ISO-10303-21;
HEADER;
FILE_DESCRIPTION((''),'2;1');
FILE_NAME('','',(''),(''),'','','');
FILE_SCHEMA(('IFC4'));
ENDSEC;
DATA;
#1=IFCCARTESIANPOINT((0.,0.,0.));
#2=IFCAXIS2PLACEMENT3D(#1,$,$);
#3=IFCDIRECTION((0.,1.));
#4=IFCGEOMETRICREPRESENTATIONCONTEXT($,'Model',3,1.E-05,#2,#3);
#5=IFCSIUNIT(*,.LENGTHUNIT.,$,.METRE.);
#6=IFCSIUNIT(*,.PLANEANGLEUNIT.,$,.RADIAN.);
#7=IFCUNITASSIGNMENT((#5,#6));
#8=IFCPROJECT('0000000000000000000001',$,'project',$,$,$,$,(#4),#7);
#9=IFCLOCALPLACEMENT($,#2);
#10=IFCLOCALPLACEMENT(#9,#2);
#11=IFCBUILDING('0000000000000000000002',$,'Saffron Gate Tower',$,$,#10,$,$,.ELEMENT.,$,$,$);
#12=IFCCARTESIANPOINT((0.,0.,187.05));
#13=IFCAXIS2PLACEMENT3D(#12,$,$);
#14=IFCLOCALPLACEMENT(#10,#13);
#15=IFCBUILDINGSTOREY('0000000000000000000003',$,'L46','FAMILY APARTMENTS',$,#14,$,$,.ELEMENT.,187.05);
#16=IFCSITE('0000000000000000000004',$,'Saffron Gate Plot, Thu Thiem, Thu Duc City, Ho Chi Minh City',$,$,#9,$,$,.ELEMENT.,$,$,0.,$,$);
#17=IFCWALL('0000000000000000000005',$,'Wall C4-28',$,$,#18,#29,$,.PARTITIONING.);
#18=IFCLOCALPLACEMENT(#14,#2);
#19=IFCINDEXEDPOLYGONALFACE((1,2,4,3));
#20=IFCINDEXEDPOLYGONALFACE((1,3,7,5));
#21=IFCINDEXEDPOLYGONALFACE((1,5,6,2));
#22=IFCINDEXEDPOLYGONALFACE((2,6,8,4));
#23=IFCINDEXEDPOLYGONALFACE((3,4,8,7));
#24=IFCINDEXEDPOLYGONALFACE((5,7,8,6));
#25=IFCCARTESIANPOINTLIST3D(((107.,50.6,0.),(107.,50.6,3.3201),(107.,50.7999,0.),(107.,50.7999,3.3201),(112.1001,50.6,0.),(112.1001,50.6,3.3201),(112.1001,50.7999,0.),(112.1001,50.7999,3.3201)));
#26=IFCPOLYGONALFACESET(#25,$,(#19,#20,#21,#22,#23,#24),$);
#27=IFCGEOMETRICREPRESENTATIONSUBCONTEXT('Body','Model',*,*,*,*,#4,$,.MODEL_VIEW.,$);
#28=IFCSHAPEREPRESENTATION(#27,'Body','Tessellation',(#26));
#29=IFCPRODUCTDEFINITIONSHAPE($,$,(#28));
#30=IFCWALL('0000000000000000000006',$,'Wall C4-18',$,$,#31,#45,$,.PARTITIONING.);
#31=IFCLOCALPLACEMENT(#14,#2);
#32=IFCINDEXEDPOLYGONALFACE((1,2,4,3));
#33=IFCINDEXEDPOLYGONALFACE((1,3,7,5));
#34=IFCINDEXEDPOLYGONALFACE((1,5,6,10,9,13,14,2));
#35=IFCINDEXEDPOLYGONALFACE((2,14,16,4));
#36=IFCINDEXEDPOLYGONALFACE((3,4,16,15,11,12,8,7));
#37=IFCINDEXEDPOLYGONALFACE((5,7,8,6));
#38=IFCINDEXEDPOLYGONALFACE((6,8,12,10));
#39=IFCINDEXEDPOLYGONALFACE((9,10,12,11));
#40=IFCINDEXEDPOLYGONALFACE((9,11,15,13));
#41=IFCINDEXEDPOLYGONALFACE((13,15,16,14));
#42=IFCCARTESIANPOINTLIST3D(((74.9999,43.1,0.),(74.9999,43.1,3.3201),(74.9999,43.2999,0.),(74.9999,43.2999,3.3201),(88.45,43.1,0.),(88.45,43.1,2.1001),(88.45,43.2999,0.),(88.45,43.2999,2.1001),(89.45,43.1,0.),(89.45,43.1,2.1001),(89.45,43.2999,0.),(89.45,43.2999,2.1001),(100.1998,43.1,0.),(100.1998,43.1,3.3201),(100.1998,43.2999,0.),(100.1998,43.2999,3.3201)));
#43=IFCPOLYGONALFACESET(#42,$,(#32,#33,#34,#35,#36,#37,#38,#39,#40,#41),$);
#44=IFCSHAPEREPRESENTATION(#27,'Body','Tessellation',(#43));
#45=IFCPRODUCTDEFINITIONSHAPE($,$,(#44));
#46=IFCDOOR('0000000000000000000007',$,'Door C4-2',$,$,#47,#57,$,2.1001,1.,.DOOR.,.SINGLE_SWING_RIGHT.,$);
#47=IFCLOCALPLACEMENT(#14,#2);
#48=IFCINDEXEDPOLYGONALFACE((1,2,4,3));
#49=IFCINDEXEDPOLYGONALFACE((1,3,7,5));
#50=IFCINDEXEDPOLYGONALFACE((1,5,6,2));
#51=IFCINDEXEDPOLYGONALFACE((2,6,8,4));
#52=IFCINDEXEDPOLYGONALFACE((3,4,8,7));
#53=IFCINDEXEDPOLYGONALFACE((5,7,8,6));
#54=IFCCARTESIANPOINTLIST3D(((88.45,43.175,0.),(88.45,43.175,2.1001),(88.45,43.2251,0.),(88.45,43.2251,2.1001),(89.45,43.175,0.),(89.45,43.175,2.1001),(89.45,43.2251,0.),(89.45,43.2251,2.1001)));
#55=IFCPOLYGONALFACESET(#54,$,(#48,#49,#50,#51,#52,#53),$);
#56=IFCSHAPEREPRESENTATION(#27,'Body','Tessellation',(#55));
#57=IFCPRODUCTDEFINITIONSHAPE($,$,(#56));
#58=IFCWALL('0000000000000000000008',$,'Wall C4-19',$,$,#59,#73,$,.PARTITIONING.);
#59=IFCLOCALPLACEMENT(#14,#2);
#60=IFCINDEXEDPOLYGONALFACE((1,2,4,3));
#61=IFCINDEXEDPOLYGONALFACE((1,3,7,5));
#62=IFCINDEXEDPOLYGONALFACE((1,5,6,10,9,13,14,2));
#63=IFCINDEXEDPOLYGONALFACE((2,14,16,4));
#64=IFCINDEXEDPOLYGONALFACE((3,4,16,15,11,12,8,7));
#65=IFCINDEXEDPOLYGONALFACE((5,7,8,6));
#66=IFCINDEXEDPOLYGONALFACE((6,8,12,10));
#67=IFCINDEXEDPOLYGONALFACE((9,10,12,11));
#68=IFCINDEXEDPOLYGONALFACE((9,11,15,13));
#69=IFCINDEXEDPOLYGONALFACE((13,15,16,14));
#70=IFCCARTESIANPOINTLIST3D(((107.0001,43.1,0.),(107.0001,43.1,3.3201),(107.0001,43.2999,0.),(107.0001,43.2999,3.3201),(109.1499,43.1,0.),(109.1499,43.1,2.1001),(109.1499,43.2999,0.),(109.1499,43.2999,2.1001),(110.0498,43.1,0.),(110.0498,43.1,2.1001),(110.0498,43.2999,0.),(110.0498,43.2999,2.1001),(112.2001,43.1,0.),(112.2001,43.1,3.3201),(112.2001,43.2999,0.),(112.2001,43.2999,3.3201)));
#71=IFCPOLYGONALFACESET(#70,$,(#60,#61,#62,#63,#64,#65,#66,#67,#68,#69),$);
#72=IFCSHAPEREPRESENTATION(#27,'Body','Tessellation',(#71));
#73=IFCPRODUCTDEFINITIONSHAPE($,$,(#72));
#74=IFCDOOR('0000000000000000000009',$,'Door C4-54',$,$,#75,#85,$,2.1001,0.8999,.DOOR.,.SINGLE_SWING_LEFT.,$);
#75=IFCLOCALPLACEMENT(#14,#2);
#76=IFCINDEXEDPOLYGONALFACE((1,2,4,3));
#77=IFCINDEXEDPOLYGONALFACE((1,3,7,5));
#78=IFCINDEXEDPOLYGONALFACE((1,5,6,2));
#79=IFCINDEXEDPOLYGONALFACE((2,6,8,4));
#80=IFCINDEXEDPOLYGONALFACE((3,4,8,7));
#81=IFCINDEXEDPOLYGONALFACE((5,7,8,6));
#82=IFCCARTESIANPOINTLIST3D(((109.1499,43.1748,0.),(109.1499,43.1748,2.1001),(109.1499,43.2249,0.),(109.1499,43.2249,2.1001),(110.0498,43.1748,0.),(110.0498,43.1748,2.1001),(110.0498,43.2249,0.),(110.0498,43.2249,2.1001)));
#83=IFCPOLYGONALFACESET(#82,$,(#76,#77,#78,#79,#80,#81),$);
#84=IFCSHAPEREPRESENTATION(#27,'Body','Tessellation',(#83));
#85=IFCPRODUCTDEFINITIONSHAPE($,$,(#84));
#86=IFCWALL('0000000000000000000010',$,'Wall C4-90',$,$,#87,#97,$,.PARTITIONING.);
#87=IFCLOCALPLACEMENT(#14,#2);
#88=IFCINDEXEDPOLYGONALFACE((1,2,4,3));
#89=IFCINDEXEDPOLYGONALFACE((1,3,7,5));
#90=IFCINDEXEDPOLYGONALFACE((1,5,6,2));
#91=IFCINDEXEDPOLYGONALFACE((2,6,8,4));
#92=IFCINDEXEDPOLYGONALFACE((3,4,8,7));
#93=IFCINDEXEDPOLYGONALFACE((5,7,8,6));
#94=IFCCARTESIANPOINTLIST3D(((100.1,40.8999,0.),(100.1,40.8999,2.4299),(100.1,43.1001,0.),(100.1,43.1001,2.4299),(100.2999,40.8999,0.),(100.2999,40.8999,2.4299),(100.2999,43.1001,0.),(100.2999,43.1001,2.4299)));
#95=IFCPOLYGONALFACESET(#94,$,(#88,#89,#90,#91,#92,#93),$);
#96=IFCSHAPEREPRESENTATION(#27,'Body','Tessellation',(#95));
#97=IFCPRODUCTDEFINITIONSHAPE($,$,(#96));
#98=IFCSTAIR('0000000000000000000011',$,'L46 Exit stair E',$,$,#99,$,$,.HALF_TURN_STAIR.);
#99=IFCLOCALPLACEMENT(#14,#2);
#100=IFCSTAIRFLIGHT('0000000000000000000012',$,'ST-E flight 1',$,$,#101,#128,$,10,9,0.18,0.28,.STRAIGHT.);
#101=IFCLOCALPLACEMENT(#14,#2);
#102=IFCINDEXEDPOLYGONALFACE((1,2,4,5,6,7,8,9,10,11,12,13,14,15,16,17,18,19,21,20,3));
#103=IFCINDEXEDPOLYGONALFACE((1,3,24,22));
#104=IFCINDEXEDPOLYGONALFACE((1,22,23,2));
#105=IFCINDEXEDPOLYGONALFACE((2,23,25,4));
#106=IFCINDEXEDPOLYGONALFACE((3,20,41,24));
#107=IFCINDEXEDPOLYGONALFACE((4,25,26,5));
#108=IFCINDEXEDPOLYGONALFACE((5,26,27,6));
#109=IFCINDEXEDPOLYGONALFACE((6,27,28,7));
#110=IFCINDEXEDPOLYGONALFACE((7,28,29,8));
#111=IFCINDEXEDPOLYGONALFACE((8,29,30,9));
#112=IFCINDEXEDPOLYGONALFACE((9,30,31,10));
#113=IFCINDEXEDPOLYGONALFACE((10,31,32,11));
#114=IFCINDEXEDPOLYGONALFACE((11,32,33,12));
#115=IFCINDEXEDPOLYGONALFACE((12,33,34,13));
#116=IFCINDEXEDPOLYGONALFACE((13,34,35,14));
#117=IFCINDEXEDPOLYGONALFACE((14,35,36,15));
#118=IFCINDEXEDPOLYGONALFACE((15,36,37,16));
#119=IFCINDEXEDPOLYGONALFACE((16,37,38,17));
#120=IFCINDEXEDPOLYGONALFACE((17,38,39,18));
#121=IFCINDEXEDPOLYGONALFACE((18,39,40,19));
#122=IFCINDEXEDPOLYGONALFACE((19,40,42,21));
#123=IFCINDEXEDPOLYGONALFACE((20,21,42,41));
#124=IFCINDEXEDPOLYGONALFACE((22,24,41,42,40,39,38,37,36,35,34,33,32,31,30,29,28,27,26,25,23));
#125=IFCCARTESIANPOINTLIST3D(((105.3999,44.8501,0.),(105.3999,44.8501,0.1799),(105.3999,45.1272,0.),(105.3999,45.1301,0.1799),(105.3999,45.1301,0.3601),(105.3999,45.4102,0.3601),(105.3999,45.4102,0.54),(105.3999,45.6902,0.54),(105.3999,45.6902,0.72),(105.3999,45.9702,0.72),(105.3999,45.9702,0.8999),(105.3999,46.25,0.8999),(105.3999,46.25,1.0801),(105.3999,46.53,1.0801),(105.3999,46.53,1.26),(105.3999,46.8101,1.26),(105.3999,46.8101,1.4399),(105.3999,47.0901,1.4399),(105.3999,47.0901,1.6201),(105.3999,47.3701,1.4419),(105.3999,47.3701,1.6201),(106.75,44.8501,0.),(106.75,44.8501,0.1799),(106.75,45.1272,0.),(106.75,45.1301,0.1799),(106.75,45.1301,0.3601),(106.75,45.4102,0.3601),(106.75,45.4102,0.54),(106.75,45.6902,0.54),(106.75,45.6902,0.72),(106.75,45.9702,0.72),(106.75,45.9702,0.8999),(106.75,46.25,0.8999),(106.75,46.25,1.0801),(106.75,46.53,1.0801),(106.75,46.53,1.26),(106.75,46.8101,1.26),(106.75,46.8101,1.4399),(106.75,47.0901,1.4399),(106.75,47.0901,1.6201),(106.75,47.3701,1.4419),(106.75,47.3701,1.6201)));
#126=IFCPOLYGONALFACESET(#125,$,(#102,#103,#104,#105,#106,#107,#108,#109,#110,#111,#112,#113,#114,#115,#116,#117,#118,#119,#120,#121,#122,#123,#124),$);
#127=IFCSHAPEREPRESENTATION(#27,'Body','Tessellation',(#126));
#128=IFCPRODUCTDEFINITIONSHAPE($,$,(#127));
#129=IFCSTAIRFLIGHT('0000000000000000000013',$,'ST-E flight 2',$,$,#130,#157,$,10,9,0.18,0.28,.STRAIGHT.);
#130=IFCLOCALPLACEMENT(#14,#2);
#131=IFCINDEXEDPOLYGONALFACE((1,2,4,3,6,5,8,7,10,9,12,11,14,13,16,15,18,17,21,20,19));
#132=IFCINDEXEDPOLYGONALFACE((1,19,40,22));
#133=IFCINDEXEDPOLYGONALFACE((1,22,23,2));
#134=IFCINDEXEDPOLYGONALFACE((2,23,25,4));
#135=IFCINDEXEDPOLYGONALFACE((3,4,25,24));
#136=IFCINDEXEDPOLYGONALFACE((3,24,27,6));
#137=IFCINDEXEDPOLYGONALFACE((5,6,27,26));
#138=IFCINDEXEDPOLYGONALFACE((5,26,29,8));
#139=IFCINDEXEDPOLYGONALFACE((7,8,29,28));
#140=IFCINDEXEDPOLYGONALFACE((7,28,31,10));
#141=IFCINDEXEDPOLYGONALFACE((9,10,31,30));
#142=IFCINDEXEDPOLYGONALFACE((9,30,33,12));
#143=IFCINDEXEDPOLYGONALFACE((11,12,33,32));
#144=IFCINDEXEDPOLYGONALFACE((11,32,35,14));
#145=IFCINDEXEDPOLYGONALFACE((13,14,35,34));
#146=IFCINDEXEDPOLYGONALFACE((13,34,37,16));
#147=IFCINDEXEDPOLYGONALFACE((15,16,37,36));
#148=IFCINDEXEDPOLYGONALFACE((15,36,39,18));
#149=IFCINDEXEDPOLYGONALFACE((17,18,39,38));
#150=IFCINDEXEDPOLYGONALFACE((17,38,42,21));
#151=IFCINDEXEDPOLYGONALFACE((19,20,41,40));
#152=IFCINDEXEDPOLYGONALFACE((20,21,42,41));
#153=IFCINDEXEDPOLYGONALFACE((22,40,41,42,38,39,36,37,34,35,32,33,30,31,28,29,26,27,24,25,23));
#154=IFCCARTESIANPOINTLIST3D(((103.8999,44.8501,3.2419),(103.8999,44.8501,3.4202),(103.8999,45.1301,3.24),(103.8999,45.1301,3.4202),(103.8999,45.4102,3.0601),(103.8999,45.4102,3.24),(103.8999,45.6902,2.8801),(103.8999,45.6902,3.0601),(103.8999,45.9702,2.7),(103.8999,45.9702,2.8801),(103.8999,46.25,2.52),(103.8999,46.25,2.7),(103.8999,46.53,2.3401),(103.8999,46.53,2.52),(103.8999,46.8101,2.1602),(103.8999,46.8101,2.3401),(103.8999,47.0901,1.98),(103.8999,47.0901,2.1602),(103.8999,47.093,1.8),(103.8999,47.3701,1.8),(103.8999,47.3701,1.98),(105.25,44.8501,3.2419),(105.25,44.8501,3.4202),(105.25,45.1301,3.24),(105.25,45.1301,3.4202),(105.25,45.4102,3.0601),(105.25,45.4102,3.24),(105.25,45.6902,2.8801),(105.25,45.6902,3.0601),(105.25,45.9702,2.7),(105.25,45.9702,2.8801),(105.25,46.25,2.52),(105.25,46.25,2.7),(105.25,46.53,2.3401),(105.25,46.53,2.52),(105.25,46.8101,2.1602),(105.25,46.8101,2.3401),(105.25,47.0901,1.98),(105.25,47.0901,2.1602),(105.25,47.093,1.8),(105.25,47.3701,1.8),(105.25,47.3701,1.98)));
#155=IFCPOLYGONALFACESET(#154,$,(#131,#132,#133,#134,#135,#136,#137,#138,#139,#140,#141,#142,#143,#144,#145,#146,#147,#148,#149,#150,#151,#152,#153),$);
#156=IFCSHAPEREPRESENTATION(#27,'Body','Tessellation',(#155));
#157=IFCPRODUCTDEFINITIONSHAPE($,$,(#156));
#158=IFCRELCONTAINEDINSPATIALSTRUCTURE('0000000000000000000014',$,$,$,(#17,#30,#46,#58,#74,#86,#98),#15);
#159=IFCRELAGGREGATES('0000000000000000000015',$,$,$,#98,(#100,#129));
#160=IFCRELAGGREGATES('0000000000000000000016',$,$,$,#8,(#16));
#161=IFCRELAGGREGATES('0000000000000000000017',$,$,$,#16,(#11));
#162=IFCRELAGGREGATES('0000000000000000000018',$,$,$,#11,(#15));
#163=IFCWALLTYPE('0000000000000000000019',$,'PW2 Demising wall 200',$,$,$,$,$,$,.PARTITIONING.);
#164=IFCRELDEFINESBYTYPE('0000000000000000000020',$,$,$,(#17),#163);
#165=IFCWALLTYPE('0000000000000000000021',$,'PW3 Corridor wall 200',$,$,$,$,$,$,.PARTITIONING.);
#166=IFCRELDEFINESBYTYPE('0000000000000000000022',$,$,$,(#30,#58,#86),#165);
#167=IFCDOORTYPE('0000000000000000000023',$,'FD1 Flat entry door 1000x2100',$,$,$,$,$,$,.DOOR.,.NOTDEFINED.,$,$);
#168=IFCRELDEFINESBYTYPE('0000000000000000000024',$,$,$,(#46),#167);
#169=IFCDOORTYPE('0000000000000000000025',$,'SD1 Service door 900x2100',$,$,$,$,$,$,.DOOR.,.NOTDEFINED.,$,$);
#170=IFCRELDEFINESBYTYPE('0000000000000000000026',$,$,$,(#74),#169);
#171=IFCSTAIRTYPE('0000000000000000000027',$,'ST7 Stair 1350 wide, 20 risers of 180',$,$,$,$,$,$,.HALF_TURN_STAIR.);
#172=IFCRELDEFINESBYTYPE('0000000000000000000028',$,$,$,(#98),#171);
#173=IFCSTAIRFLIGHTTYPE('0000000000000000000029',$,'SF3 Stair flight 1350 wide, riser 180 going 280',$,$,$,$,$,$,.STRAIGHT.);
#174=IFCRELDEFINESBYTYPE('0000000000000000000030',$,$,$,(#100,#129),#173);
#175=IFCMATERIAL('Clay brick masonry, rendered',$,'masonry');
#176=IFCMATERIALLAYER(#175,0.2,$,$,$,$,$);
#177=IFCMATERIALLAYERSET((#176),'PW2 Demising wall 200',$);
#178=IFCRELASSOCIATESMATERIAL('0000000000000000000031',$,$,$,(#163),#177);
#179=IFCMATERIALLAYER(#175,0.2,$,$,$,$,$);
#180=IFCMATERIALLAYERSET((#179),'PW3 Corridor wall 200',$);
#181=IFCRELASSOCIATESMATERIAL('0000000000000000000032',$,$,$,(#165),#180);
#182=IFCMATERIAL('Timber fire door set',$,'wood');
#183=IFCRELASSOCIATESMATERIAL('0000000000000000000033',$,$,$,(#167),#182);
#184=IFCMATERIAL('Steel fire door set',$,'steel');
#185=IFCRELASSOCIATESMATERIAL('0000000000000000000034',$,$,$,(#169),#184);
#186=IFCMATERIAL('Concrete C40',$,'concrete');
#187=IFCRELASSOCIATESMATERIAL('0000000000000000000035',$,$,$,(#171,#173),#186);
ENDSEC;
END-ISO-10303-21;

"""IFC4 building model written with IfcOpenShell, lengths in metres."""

from ifc_helpers import new_model, si_unit, direction, frame, frame_2d, origin, place, context, subcontext, project, spatial, polyline, rectangle, outline, extrude, material, layer, layer_set, type_object, element, fill, aggregate, save


model = new_model("IFC4")

# Units and contexts
model_context = context("Model", 3, precision=1e-05, world=origin(), true_north=direction((0.0, 1.0)))
body_context = subcontext(model_context, "Body", "Model", "MODEL_VIEW")
ifc_project = project(units=[si_unit("LENGTHUNIT", "METRE"), si_unit("PLANEANGLEUNIT", "RADIAN")], contexts=[model_context])

# Site, building, storey
site_placement = place(None, origin())
site = spatial("IfcSite", under=ifc_project, at=site_placement, Name="Saffron Gate Plot, Thu Thiem, Thu Duc City, Ho Chi Minh City", CompositionType="ELEMENT", RefElevation=0.0)
building_placement = place(site_placement, origin())
building = spatial("IfcBuilding", under=site, at=building_placement, Name="Saffron Gate Tower", CompositionType="ELEMENT")
storey_placement = place(building_placement, frame((0.0, 0.0, 187.05)))
storey = spatial("IfcBuildingStorey", under=building, at=storey_placement, Name="L46", Description="FAMILY APARTMENTS", CompositionType="ELEMENT", Elevation=187.05)

# Shared definitions
ifc_material_1 = material(Name="Steel fire door set", Category="steel")

# Wall
ifc_material_2 = material(Name="Clay brick masonry, rendered", Category="masonry")
ifc_layer_1 = layer(ifc_material_2, 0.2)
ifc_layer_set_1 = layer_set([ifc_layer_1], Name="PW2 Demising wall 200")
wall_type_1 = type_object("IfcWallType", Name="PW2 Demising wall 200", PredefinedType="PARTITIONING", material=ifc_layer_set_1)
wall_1_placement = place(storey_placement, frame((107.0, 50.7, 0.0), z_axis=(0.0, 0.0, 1.0), x_axis=(1.0, 0.0, 0.0)))
element("IfcWall", 1, at=wall_1_placement, inside=storey, type_object=wall_type_1, Name="Wall C4-28", PredefinedType="PARTITIONING", context=body_context, shape_type="SweptSolid", body=[
    extrude(rectangle(XDim=5.1001, YDim=0.2, at=frame_2d((2.55, 0.0))), origin(), (0.0, 0.0, 1.0), 3.3201),
])

# Walls, openings, doors
ifc_layer_2 = layer(ifc_material_2, 0.2)
ifc_layer_set_2 = layer_set([ifc_layer_2], Name="PW3 Corridor wall 200")
wall_type_2 = type_object("IfcWallType", Name="PW3 Corridor wall 200", PredefinedType="PARTITIONING", material=ifc_layer_set_2)
wall_2_placement = place(storey_placement, frame((100.2, 43.2, 0.0), z_axis=(0.0, 0.0, 1.0), x_axis=(-1.0, 0.0, 0.0)))
wall_2 = element("IfcWall", 2, at=wall_2_placement, inside=storey, type_object=wall_type_2, Name="Wall C4-18", PredefinedType="PARTITIONING", context=body_context, shape_type="SweptSolid", body=[
    extrude(rectangle(XDim=25.2, YDim=0.2, at=frame_2d((12.6001, 0.0))), origin(), (0.0, 0.0, 1.0), 3.3201),
])
opening_1_placement = place(wall_2_placement, frame((10.75, 0.0, 0.0)))
opening_1 = element("IfcOpeningElement", 3, at=opening_1_placement, cuts=wall_2, PredefinedType="OPENING", context=body_context, shape_type="SweptSolid", body=[
    extrude(rectangle(XDim=1.0, YDim=2.1001, at=frame_2d((0.5, 1.05))), frame((0.0, 0.1099, 0.0), z_axis=(0.0, -1.0, 0.0), x_axis=(1.0, 0.0, 0.0)), (0.0, 0.0, 1.0), 0.22),
])
ifc_material_3 = material(Name="Timber fire door set", Category="wood")
door_type_1 = type_object("IfcDoorType", Name="FD1 Flat entry door 1000x2100", OperationType="NOTDEFINED", PredefinedType="DOOR", material=ifc_material_3)
door_1_placement = place(opening_1_placement, origin())
door_1 = element("IfcDoor", 4, at=door_1_placement, inside=storey, type_object=door_type_1, Name="Door C4-2", OperationType="SINGLE_SWING_RIGHT", OverallHeight=2.1001, OverallWidth=1.0, PredefinedType="DOOR", context=body_context, shape_type="SweptSolid", body=[
    extrude(rectangle(XDim=1.0, YDim=2.1001, at=frame_2d((0.5, 1.05))), frame((0.0, 0.0249, 0.0), z_axis=(0.0, -1.0, 0.0), x_axis=(1.0, 0.0, 0.0)), (0.0, 0.0, 1.0), 0.05),
])
fill(opening_1, door_1)
wall_3_placement = place(storey_placement, frame((107.0, 43.2, 0.0), z_axis=(0.0, 0.0, 1.0), x_axis=(1.0, 0.0, 0.0)))
wall_3 = element("IfcWall", 5, at=wall_3_placement, inside=storey, type_object=wall_type_2, Name="Wall C4-19", PredefinedType="PARTITIONING", context=body_context, shape_type="SweptSolid", body=[
    extrude(rectangle(XDim=5.2, YDim=0.2, at=frame_2d((2.6001, 0.0))), origin(), (0.0, 0.0, 1.0), 3.3201),
])
opening_2_placement = place(wall_3_placement, frame((2.1499, 0.0, 0.0)))
opening_2 = element("IfcOpeningElement", 6, at=opening_2_placement, cuts=wall_3, PredefinedType="OPENING", context=body_context, shape_type="SweptSolid", body=[
    extrude(rectangle(XDim=0.8999, YDim=2.1001, at=frame_2d((0.45, 1.05))), frame((0.0, 0.1099, 0.0), z_axis=(0.0, -1.0, 0.0), x_axis=(1.0, 0.0, 0.0)), (0.0, 0.0, 1.0), 0.22),
])
door_type_2 = type_object("IfcDoorType", Name="SD1 Service door 900x2100", OperationType="NOTDEFINED", PredefinedType="DOOR", material=ifc_material_1)
door_2_placement = place(opening_2_placement, origin())
door_2 = element("IfcDoor", 7, at=door_2_placement, inside=storey, type_object=door_type_2, Name="Door C4-54", OperationType="SINGLE_SWING_LEFT", OverallHeight=2.1001, OverallWidth=0.8999, PredefinedType="DOOR", context=body_context, shape_type="SweptSolid", body=[
    extrude(rectangle(XDim=0.8999, YDim=2.1001, at=frame_2d((0.45, 1.05))), frame((0.0, 0.0249, 0.0), z_axis=(0.0, -1.0, 0.0), x_axis=(1.0, 0.0, 0.0)), (0.0, 0.0, 1.0), 0.05),
])
fill(opening_2, door_2)

# Wall
wall_4_placement = place(storey_placement, frame((100.2, 43.1001, 0.0), z_axis=(0.0, 0.0, 1.0), x_axis=(0.0, -1.0, 0.0)))
element("IfcWall", 8, at=wall_4_placement, inside=storey, type_object=wall_type_2, Name="Wall C4-90", PredefinedType="PARTITIONING", context=body_context, shape_type="SweptSolid", body=[
    extrude(rectangle(XDim=2.2002, YDim=0.2, at=frame_2d((1.1001, 0.0))), origin(), (0.0, 0.0, 1.0), 2.4299),
])

# Stair, stair flights
ifc_material_4 = material(Name="Concrete C40", Category="concrete")
stair_type = type_object("IfcStairType", Name="ST7 Stair 1350 wide, 20 risers of 180", PredefinedType="HALF_TURN_STAIR", material=ifc_material_4)
stair_placement = place(storey_placement, origin())
stair = element("IfcStair", 9, at=stair_placement, inside=storey, type_object=stair_type, Name="L46 Exit stair E", PredefinedType="HALF_TURN_STAIR")
stair_flight_type = type_object("IfcStairFlightType", Name="SF3 Stair flight 1350 wide, riser 180 going 280", PredefinedType="STRAIGHT", material=ifc_material_4)
stair_flight_1_placement = place(storey_placement, frame((106.075, 44.8501, 0.0), z_axis=(0.0, 0.0, 1.0), x_axis=(0.0, 1.0, 0.0)))
stair_flight_1 = element("IfcStairFlight", 10, at=stair_flight_1_placement, type_object=stair_flight_type, Name="ST-E flight 1", NumberOfRisers=10, NumberOfTreads=9, PredefinedType="STRAIGHT", RiserHeight=0.18, TreadLength=0.28, context=body_context, shape_type="SweptSolid", body=[
    extrude(outline(polyline([(0.0, 0.0), (0.0, 0.1799), (0.28, 0.1799), (0.28, 0.3601), (0.5601, 0.3601), (0.5601, 0.54), (0.8401, 0.54), (0.8401, 0.72), (1.1201, 0.72), (1.1201, 0.8999), (1.3999, 0.8999), (1.3999, 1.0801), (1.6799, 1.0801), (1.6799, 1.26), (1.96, 1.26), (1.96, 1.4399), (2.24, 1.4399), (2.24, 1.6201), (2.52, 1.6201), (2.52, 1.8), (2.52, 1.4419), (0.2771, 0.0), (0.0, 0.0)])), frame((0.0, 0.675, 0.0), z_axis=(0.0, -1.0, 0.0), x_axis=(1.0, 0.0, 0.0)), (0.0, 0.0, 1.0), 1.3501),
])
stair_flight_2_placement = place(storey_placement, frame((104.575, 47.3701, 1.8), z_axis=(0.0, 0.0, 1.0), x_axis=(0.0, -1.0, 0.0)))
stair_flight_2 = element("IfcStairFlight", 11, at=stair_flight_2_placement, type_object=stair_flight_type, Name="ST-E flight 2", NumberOfRisers=10, NumberOfTreads=9, PredefinedType="STRAIGHT", RiserHeight=0.18, TreadLength=0.28, context=body_context, shape_type="SweptSolid", body=[
    extrude(outline(polyline([(0.0, 0.0), (0.0, 0.1799), (0.28, 0.1799), (0.28, 0.3601), (0.5601, 0.3601), (0.5601, 0.54), (0.8401, 0.54), (0.8401, 0.72), (1.1201, 0.72), (1.1201, 0.8999), (1.3999, 0.8999), (1.3999, 1.0801), (1.6799, 1.0801), (1.6799, 1.26), (1.96, 1.26), (1.96, 1.4399), (2.24, 1.4399), (2.24, 1.6201), (2.52, 1.6201), (2.52, 1.8), (2.52, 1.4419), (0.2771, 0.0), (0.0, 0.0)])), frame((0.0, 0.675, 0.0), z_axis=(0.0, -1.0, 0.0), x_axis=(1.0, 0.0, 0.0)), (0.0, 0.0, 1.0), 1.3501),
])
aggregate(stair, [stair_flight_1, stair_flight_2])

save(model, "model.ifc")
